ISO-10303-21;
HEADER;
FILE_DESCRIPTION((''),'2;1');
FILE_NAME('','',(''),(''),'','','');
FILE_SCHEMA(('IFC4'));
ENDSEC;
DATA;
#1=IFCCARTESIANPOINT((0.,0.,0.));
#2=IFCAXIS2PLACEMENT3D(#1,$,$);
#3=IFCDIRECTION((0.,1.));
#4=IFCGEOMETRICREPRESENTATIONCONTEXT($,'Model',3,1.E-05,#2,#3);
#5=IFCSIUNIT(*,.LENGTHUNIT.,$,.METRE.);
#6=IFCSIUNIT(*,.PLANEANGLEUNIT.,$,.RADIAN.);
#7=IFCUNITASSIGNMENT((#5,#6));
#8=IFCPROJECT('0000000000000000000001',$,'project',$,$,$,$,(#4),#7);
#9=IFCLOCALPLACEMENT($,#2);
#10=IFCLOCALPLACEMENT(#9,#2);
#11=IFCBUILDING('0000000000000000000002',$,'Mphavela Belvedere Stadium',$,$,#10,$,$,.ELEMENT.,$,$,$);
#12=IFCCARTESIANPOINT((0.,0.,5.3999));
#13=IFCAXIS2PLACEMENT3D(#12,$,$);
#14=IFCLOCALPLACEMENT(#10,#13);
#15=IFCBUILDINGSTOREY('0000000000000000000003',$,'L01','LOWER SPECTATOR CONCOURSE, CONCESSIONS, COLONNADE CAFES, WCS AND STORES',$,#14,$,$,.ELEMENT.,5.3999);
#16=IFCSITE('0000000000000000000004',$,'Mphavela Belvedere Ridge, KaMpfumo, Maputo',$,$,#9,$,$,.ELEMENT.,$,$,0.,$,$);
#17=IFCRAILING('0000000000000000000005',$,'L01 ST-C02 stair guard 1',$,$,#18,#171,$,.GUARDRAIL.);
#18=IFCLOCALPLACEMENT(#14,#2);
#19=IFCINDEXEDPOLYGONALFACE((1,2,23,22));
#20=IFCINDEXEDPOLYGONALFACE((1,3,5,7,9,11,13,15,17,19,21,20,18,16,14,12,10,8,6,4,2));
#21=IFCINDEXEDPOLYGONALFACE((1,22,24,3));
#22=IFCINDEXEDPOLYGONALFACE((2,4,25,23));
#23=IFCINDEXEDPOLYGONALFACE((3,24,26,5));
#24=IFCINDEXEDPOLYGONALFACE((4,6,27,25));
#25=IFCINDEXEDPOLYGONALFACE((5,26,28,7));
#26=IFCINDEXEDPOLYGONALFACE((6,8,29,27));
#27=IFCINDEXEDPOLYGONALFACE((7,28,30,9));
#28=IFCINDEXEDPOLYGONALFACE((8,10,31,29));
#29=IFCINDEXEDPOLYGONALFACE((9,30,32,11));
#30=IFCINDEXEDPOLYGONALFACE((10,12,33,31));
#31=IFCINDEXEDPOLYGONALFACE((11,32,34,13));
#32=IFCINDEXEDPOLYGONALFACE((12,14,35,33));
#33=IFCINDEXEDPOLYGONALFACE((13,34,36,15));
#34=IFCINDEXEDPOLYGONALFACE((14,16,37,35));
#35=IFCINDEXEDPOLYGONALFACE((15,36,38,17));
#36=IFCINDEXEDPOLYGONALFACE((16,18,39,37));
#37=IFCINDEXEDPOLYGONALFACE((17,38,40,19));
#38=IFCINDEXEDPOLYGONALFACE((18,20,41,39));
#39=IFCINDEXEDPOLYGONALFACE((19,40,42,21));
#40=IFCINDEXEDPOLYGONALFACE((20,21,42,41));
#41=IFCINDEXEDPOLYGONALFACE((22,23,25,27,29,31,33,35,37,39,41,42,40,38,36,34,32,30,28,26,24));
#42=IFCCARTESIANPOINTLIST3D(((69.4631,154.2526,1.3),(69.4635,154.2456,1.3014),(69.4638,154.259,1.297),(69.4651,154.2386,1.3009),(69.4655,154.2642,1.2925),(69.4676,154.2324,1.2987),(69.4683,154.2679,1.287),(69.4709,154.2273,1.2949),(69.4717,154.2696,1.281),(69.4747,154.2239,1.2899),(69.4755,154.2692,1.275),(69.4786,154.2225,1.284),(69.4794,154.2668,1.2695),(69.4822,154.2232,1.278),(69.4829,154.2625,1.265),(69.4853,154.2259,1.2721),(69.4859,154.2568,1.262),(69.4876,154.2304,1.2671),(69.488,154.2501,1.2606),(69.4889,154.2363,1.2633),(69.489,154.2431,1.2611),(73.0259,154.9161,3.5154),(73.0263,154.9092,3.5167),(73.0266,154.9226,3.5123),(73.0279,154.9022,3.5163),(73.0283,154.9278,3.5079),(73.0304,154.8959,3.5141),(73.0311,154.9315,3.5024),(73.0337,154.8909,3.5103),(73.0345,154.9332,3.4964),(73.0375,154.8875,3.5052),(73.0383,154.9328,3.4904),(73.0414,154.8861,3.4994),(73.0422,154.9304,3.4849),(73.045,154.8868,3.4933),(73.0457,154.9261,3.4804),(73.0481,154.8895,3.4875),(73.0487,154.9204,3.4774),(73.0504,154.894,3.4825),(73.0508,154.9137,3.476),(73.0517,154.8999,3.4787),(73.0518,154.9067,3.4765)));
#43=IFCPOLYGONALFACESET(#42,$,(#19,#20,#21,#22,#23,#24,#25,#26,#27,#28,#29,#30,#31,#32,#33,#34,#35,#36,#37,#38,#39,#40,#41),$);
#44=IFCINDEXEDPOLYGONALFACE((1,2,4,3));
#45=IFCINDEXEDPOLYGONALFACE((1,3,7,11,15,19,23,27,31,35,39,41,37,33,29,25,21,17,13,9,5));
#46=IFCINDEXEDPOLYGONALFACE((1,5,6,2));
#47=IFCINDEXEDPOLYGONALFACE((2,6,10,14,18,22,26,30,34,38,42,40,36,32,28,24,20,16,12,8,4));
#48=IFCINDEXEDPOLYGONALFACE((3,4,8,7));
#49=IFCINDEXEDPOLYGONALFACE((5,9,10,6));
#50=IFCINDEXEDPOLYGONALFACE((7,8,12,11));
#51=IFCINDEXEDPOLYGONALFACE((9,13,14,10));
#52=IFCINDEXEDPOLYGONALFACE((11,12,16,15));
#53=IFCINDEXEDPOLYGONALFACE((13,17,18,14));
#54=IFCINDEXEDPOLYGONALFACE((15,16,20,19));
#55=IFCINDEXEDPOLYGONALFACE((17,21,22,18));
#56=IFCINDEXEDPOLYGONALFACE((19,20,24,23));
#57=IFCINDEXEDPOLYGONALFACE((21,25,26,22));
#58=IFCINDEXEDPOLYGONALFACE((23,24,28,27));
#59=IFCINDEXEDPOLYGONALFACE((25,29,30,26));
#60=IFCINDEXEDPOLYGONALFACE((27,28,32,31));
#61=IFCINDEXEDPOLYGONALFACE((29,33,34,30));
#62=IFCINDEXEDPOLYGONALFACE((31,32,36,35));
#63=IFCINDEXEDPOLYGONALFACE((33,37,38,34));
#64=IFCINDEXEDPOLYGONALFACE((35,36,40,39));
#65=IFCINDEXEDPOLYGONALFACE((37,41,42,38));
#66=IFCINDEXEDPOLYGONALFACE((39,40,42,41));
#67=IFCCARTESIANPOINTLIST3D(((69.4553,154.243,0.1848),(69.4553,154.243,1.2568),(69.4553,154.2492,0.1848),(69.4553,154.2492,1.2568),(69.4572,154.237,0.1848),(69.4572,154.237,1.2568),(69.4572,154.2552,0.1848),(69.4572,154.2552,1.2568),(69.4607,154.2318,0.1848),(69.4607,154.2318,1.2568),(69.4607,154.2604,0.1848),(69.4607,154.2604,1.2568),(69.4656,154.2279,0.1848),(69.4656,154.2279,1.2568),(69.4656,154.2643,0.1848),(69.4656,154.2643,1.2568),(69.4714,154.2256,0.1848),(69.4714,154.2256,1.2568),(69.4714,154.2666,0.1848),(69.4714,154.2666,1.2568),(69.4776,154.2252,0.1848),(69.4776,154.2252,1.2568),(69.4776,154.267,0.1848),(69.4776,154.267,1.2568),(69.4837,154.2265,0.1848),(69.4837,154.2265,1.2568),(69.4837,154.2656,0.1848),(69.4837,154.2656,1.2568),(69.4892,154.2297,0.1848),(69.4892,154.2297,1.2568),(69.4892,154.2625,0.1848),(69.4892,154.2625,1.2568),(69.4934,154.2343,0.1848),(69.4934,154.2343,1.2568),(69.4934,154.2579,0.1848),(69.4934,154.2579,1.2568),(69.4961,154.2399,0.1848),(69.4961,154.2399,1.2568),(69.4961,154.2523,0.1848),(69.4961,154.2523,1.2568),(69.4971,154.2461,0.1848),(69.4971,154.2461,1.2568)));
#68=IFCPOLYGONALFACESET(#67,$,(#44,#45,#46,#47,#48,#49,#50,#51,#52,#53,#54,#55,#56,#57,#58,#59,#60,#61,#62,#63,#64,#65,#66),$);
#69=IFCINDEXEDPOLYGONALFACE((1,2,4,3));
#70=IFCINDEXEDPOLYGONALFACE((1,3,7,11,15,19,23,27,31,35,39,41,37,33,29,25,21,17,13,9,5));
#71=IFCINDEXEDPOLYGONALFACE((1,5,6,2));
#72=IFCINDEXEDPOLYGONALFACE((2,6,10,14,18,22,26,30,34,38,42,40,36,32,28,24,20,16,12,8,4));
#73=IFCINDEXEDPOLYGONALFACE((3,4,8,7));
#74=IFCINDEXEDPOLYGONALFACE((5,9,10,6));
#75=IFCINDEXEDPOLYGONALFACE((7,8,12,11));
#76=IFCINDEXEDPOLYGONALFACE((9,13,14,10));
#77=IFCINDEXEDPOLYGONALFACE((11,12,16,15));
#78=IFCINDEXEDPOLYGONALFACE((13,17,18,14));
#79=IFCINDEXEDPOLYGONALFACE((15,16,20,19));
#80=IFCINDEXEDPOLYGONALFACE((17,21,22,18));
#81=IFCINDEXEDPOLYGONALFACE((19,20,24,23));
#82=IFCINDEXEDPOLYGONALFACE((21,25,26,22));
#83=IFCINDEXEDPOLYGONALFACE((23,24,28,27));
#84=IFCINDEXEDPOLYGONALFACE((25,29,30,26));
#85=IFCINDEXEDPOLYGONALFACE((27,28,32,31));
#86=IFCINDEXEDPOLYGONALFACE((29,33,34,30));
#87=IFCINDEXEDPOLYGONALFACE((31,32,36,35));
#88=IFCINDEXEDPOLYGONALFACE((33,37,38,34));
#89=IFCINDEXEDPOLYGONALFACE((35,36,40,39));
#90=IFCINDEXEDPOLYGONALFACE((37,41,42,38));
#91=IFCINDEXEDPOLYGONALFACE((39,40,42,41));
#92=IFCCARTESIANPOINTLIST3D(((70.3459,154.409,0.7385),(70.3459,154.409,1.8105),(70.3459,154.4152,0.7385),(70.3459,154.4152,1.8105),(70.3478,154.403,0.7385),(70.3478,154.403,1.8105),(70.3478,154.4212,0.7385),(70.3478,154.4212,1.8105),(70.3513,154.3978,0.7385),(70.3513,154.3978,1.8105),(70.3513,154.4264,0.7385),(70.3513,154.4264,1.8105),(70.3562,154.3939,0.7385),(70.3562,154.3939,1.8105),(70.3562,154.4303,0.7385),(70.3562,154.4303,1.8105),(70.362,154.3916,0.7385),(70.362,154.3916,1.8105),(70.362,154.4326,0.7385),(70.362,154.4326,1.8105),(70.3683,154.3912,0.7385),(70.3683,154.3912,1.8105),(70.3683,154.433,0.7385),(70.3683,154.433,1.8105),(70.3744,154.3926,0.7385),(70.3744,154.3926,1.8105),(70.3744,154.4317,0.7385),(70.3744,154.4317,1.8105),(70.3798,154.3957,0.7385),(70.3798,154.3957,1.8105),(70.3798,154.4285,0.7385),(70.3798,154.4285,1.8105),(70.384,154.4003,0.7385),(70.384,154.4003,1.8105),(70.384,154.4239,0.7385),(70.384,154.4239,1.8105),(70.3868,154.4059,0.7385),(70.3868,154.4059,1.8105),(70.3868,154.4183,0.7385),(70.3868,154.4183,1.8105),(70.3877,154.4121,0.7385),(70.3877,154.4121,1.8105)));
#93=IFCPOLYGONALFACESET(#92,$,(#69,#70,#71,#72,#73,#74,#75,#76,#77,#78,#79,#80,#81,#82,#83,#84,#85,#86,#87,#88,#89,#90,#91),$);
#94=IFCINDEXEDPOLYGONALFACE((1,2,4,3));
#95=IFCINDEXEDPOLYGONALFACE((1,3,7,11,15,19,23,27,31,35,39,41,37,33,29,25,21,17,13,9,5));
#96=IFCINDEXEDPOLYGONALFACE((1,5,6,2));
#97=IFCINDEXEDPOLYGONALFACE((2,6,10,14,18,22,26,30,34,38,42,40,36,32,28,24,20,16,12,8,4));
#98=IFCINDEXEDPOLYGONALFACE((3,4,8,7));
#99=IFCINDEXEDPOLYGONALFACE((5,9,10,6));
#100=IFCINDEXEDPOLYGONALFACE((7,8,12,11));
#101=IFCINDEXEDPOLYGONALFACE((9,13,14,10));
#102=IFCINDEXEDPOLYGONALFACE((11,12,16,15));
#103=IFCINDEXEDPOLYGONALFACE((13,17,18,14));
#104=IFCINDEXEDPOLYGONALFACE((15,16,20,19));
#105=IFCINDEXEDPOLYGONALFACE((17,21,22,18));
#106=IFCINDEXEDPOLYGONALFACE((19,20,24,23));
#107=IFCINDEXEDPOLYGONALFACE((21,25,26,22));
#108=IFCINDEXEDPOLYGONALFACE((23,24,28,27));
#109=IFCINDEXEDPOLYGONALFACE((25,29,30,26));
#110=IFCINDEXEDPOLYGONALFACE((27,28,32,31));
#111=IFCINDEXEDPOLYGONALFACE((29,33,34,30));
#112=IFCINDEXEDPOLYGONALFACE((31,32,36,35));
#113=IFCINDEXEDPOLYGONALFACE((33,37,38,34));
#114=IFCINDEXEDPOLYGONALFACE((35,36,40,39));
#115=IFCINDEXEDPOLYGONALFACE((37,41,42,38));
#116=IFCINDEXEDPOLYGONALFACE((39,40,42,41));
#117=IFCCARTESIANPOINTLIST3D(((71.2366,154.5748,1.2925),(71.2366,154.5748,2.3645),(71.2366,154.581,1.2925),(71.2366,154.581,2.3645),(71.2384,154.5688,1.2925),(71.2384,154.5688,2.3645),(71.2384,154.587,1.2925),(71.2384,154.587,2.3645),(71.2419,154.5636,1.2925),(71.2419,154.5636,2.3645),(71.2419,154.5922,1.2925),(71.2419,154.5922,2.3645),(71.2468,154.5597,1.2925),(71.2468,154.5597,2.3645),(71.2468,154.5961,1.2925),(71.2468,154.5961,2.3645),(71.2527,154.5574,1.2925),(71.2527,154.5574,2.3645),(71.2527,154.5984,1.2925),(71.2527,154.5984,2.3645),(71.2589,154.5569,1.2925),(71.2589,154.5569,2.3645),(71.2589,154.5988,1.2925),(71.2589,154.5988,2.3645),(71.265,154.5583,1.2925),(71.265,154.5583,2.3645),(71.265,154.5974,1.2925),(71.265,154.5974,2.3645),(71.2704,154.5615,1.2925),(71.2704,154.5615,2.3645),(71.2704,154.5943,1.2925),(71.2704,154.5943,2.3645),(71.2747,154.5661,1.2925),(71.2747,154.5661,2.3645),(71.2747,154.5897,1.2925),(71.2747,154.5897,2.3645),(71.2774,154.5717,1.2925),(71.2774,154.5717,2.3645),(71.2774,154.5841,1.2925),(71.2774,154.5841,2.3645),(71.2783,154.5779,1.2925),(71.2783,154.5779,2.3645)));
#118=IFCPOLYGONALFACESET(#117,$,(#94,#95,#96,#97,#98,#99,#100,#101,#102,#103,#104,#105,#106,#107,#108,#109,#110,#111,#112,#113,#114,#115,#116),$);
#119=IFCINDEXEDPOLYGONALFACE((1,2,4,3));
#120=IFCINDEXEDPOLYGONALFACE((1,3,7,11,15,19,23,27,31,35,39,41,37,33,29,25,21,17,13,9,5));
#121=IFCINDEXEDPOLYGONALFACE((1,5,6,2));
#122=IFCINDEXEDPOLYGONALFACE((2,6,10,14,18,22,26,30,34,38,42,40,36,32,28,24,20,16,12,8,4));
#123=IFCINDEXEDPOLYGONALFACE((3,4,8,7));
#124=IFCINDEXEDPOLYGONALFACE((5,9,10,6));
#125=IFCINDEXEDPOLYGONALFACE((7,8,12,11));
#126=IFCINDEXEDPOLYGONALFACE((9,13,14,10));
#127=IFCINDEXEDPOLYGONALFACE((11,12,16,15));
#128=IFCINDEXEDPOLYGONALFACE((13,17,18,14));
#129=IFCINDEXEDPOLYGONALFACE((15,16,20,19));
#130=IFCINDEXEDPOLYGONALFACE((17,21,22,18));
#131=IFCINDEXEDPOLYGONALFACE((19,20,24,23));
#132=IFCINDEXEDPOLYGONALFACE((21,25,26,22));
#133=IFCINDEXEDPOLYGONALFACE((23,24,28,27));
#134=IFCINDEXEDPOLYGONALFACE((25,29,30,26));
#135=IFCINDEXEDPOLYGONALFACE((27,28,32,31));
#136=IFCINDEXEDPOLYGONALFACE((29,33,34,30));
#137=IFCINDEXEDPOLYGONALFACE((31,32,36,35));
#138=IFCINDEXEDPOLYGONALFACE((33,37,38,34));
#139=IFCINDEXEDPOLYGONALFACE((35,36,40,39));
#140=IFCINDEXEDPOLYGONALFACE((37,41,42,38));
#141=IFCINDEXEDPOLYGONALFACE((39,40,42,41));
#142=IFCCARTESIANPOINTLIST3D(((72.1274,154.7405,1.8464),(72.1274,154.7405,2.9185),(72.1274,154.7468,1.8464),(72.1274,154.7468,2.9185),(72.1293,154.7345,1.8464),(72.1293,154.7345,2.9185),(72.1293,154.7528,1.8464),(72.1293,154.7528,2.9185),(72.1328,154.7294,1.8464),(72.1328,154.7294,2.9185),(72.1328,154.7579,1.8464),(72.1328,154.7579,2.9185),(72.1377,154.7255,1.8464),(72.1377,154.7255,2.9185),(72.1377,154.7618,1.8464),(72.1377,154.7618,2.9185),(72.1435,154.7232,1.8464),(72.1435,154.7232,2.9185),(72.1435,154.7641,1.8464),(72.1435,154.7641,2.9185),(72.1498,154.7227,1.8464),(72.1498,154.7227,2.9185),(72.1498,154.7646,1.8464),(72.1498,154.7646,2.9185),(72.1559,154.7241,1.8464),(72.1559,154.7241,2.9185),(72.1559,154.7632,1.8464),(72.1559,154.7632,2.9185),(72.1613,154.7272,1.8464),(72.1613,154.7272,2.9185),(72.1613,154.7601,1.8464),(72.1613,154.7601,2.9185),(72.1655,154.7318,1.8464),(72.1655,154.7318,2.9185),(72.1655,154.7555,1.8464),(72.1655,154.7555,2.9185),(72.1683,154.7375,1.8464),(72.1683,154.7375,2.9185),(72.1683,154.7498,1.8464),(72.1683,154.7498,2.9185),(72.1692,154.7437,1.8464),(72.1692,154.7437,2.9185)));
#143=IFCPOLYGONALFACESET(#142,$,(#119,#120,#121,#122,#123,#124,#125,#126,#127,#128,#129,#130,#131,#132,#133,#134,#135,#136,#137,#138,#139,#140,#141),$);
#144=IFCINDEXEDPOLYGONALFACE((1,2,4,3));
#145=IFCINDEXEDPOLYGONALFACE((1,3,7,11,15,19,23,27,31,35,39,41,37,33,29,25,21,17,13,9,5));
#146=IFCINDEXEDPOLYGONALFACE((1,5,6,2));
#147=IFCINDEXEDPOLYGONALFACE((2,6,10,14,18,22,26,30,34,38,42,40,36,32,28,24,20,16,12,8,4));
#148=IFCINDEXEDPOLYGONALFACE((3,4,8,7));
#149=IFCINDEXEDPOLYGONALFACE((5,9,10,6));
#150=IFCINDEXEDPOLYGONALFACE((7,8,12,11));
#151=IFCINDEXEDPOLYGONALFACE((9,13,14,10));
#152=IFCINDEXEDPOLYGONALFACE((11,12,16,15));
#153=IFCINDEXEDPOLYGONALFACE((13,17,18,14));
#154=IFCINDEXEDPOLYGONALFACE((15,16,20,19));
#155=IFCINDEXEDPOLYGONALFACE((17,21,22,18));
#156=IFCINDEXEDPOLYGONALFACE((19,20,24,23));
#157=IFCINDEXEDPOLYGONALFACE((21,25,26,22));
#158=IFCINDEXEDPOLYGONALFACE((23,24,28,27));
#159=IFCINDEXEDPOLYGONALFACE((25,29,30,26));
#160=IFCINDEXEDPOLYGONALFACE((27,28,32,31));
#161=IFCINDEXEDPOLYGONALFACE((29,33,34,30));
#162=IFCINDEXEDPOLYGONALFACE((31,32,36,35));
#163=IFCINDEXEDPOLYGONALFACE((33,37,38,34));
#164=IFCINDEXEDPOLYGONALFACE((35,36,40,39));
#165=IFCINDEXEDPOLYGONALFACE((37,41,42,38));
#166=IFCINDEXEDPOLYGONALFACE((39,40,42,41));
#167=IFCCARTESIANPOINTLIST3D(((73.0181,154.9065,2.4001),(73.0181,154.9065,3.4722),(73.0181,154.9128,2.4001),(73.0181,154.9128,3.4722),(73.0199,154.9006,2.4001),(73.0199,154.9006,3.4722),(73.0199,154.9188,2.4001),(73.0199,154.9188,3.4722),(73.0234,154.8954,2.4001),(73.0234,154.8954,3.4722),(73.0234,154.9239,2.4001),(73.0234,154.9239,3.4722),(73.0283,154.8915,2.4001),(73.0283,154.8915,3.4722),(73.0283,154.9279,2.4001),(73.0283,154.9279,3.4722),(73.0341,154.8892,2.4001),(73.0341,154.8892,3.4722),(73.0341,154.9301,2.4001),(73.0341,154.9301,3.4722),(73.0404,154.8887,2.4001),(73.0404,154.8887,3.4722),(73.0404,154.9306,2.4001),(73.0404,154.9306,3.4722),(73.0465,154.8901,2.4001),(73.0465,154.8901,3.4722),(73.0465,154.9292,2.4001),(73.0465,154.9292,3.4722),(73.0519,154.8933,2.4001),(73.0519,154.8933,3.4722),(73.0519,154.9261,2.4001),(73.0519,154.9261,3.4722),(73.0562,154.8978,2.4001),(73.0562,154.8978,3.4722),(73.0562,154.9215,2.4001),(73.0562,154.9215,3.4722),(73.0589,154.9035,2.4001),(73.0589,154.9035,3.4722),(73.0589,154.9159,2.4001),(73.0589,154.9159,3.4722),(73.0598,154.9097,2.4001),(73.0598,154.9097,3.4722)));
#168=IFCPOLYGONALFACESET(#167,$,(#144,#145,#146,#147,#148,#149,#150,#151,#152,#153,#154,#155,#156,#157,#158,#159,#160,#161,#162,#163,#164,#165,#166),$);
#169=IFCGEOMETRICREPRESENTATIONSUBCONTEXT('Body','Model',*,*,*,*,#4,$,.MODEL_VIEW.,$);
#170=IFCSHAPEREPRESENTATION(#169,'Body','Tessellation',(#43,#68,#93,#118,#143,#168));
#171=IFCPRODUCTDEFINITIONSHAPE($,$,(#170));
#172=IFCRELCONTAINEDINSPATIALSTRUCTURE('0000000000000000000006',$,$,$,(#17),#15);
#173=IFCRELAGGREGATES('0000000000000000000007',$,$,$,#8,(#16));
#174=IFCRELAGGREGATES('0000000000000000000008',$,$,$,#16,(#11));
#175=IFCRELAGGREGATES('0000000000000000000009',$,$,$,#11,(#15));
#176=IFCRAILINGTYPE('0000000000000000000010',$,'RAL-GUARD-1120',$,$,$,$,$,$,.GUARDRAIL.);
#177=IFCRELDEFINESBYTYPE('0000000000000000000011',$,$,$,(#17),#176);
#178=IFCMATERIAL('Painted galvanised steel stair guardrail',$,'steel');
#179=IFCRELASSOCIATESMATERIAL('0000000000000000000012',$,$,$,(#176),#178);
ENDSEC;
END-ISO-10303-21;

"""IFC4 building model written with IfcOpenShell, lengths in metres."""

from ifc_helpers import new_model, si_unit, direction, frame, origin, origin_2d, place, context, subcontext, project, spatial, circle, extrude, material, type_object, element, save


model = new_model("IFC4")

# Units and contexts
model_context = context("Model", 3, precision=1e-05, world=origin(), true_north=direction((0.0, 1.0)))
body_context = subcontext(model_context, "Body", "Model", "MODEL_VIEW")
ifc_project = project(units=[si_unit("LENGTHUNIT", "METRE"), si_unit("PLANEANGLEUNIT", "RADIAN")], contexts=[model_context])

# Site, building, storey
site_placement = place(None, origin())
site = spatial("IfcSite", under=ifc_project, at=site_placement, Name="Mphavela Belvedere Ridge, KaMpfumo, Maputo", CompositionType="ELEMENT", RefElevation=0.0)
building_placement = place(site_placement, origin())
building = spatial("IfcBuilding", under=site, at=building_placement, Name="Mphavela Belvedere Stadium", CompositionType="ELEMENT")
storey_placement = place(building_placement, frame((0.0, 0.0, 5.3999)))
storey = spatial("IfcBuildingStorey", under=building, at=storey_placement, Name="L01", Description="LOWER SPECTATOR CONCOURSE, CONCESSIONS, COLONNADE CAFES, WCS AND STORES", CompositionType="ELEMENT", Elevation=5.3999)

# Railing
ifc_material_1 = material(Name="Painted galvanised steel stair guardrail", Category="steel")
railing_type_1 = type_object("IfcRailingType", Name="RAL-GUARD-1120", PredefinedType="GUARDRAIL", material=ifc_material_1)
railing_1_placement = place(storey_placement, frame((69.4761, 154.2461, 0.1848)))
element("IfcRailing", 1, at=railing_1_placement, inside=storey, type_object=railing_type_1, Name="L01 ST-C02 stair guard 1", PredefinedType="GUARDRAIL", context=body_context, shape_type="SweptSolid", body=[
    extrude(circle(Radius=0.0239, at=origin_2d()), frame((0.0, 0.0, 1.0962), z_axis=(0.838788, 0.156227, 0.521563), x_axis=(-0.183105, 0.983093, 0.0)), (0.0, 0.0, 1.0), 4.2476),
    extrude(circle(Radius=0.021, at=origin_2d()), origin(), (0.0, 0.0, 1.0), 1.072),
    extrude(circle(Radius=0.021, at=origin_2d()), frame((0.8906, 0.166, 0.5537)), (0.0, 0.0, 1.0), 1.072),
    extrude(circle(Radius=0.021, at=origin_2d()), frame((1.7812, 0.3318, 1.1077)), (0.0, 0.0, 1.0), 1.072),
    extrude(circle(Radius=0.021, at=origin_2d()), frame((2.6721, 0.4976, 1.6616)), (0.0, 0.0, 1.0), 1.072),
    extrude(circle(Radius=0.021, at=origin_2d()), frame((3.5627, 0.6636, 2.2153)), (0.0, 0.0, 1.0), 1.072),
])

save(model, "model.ifc")
